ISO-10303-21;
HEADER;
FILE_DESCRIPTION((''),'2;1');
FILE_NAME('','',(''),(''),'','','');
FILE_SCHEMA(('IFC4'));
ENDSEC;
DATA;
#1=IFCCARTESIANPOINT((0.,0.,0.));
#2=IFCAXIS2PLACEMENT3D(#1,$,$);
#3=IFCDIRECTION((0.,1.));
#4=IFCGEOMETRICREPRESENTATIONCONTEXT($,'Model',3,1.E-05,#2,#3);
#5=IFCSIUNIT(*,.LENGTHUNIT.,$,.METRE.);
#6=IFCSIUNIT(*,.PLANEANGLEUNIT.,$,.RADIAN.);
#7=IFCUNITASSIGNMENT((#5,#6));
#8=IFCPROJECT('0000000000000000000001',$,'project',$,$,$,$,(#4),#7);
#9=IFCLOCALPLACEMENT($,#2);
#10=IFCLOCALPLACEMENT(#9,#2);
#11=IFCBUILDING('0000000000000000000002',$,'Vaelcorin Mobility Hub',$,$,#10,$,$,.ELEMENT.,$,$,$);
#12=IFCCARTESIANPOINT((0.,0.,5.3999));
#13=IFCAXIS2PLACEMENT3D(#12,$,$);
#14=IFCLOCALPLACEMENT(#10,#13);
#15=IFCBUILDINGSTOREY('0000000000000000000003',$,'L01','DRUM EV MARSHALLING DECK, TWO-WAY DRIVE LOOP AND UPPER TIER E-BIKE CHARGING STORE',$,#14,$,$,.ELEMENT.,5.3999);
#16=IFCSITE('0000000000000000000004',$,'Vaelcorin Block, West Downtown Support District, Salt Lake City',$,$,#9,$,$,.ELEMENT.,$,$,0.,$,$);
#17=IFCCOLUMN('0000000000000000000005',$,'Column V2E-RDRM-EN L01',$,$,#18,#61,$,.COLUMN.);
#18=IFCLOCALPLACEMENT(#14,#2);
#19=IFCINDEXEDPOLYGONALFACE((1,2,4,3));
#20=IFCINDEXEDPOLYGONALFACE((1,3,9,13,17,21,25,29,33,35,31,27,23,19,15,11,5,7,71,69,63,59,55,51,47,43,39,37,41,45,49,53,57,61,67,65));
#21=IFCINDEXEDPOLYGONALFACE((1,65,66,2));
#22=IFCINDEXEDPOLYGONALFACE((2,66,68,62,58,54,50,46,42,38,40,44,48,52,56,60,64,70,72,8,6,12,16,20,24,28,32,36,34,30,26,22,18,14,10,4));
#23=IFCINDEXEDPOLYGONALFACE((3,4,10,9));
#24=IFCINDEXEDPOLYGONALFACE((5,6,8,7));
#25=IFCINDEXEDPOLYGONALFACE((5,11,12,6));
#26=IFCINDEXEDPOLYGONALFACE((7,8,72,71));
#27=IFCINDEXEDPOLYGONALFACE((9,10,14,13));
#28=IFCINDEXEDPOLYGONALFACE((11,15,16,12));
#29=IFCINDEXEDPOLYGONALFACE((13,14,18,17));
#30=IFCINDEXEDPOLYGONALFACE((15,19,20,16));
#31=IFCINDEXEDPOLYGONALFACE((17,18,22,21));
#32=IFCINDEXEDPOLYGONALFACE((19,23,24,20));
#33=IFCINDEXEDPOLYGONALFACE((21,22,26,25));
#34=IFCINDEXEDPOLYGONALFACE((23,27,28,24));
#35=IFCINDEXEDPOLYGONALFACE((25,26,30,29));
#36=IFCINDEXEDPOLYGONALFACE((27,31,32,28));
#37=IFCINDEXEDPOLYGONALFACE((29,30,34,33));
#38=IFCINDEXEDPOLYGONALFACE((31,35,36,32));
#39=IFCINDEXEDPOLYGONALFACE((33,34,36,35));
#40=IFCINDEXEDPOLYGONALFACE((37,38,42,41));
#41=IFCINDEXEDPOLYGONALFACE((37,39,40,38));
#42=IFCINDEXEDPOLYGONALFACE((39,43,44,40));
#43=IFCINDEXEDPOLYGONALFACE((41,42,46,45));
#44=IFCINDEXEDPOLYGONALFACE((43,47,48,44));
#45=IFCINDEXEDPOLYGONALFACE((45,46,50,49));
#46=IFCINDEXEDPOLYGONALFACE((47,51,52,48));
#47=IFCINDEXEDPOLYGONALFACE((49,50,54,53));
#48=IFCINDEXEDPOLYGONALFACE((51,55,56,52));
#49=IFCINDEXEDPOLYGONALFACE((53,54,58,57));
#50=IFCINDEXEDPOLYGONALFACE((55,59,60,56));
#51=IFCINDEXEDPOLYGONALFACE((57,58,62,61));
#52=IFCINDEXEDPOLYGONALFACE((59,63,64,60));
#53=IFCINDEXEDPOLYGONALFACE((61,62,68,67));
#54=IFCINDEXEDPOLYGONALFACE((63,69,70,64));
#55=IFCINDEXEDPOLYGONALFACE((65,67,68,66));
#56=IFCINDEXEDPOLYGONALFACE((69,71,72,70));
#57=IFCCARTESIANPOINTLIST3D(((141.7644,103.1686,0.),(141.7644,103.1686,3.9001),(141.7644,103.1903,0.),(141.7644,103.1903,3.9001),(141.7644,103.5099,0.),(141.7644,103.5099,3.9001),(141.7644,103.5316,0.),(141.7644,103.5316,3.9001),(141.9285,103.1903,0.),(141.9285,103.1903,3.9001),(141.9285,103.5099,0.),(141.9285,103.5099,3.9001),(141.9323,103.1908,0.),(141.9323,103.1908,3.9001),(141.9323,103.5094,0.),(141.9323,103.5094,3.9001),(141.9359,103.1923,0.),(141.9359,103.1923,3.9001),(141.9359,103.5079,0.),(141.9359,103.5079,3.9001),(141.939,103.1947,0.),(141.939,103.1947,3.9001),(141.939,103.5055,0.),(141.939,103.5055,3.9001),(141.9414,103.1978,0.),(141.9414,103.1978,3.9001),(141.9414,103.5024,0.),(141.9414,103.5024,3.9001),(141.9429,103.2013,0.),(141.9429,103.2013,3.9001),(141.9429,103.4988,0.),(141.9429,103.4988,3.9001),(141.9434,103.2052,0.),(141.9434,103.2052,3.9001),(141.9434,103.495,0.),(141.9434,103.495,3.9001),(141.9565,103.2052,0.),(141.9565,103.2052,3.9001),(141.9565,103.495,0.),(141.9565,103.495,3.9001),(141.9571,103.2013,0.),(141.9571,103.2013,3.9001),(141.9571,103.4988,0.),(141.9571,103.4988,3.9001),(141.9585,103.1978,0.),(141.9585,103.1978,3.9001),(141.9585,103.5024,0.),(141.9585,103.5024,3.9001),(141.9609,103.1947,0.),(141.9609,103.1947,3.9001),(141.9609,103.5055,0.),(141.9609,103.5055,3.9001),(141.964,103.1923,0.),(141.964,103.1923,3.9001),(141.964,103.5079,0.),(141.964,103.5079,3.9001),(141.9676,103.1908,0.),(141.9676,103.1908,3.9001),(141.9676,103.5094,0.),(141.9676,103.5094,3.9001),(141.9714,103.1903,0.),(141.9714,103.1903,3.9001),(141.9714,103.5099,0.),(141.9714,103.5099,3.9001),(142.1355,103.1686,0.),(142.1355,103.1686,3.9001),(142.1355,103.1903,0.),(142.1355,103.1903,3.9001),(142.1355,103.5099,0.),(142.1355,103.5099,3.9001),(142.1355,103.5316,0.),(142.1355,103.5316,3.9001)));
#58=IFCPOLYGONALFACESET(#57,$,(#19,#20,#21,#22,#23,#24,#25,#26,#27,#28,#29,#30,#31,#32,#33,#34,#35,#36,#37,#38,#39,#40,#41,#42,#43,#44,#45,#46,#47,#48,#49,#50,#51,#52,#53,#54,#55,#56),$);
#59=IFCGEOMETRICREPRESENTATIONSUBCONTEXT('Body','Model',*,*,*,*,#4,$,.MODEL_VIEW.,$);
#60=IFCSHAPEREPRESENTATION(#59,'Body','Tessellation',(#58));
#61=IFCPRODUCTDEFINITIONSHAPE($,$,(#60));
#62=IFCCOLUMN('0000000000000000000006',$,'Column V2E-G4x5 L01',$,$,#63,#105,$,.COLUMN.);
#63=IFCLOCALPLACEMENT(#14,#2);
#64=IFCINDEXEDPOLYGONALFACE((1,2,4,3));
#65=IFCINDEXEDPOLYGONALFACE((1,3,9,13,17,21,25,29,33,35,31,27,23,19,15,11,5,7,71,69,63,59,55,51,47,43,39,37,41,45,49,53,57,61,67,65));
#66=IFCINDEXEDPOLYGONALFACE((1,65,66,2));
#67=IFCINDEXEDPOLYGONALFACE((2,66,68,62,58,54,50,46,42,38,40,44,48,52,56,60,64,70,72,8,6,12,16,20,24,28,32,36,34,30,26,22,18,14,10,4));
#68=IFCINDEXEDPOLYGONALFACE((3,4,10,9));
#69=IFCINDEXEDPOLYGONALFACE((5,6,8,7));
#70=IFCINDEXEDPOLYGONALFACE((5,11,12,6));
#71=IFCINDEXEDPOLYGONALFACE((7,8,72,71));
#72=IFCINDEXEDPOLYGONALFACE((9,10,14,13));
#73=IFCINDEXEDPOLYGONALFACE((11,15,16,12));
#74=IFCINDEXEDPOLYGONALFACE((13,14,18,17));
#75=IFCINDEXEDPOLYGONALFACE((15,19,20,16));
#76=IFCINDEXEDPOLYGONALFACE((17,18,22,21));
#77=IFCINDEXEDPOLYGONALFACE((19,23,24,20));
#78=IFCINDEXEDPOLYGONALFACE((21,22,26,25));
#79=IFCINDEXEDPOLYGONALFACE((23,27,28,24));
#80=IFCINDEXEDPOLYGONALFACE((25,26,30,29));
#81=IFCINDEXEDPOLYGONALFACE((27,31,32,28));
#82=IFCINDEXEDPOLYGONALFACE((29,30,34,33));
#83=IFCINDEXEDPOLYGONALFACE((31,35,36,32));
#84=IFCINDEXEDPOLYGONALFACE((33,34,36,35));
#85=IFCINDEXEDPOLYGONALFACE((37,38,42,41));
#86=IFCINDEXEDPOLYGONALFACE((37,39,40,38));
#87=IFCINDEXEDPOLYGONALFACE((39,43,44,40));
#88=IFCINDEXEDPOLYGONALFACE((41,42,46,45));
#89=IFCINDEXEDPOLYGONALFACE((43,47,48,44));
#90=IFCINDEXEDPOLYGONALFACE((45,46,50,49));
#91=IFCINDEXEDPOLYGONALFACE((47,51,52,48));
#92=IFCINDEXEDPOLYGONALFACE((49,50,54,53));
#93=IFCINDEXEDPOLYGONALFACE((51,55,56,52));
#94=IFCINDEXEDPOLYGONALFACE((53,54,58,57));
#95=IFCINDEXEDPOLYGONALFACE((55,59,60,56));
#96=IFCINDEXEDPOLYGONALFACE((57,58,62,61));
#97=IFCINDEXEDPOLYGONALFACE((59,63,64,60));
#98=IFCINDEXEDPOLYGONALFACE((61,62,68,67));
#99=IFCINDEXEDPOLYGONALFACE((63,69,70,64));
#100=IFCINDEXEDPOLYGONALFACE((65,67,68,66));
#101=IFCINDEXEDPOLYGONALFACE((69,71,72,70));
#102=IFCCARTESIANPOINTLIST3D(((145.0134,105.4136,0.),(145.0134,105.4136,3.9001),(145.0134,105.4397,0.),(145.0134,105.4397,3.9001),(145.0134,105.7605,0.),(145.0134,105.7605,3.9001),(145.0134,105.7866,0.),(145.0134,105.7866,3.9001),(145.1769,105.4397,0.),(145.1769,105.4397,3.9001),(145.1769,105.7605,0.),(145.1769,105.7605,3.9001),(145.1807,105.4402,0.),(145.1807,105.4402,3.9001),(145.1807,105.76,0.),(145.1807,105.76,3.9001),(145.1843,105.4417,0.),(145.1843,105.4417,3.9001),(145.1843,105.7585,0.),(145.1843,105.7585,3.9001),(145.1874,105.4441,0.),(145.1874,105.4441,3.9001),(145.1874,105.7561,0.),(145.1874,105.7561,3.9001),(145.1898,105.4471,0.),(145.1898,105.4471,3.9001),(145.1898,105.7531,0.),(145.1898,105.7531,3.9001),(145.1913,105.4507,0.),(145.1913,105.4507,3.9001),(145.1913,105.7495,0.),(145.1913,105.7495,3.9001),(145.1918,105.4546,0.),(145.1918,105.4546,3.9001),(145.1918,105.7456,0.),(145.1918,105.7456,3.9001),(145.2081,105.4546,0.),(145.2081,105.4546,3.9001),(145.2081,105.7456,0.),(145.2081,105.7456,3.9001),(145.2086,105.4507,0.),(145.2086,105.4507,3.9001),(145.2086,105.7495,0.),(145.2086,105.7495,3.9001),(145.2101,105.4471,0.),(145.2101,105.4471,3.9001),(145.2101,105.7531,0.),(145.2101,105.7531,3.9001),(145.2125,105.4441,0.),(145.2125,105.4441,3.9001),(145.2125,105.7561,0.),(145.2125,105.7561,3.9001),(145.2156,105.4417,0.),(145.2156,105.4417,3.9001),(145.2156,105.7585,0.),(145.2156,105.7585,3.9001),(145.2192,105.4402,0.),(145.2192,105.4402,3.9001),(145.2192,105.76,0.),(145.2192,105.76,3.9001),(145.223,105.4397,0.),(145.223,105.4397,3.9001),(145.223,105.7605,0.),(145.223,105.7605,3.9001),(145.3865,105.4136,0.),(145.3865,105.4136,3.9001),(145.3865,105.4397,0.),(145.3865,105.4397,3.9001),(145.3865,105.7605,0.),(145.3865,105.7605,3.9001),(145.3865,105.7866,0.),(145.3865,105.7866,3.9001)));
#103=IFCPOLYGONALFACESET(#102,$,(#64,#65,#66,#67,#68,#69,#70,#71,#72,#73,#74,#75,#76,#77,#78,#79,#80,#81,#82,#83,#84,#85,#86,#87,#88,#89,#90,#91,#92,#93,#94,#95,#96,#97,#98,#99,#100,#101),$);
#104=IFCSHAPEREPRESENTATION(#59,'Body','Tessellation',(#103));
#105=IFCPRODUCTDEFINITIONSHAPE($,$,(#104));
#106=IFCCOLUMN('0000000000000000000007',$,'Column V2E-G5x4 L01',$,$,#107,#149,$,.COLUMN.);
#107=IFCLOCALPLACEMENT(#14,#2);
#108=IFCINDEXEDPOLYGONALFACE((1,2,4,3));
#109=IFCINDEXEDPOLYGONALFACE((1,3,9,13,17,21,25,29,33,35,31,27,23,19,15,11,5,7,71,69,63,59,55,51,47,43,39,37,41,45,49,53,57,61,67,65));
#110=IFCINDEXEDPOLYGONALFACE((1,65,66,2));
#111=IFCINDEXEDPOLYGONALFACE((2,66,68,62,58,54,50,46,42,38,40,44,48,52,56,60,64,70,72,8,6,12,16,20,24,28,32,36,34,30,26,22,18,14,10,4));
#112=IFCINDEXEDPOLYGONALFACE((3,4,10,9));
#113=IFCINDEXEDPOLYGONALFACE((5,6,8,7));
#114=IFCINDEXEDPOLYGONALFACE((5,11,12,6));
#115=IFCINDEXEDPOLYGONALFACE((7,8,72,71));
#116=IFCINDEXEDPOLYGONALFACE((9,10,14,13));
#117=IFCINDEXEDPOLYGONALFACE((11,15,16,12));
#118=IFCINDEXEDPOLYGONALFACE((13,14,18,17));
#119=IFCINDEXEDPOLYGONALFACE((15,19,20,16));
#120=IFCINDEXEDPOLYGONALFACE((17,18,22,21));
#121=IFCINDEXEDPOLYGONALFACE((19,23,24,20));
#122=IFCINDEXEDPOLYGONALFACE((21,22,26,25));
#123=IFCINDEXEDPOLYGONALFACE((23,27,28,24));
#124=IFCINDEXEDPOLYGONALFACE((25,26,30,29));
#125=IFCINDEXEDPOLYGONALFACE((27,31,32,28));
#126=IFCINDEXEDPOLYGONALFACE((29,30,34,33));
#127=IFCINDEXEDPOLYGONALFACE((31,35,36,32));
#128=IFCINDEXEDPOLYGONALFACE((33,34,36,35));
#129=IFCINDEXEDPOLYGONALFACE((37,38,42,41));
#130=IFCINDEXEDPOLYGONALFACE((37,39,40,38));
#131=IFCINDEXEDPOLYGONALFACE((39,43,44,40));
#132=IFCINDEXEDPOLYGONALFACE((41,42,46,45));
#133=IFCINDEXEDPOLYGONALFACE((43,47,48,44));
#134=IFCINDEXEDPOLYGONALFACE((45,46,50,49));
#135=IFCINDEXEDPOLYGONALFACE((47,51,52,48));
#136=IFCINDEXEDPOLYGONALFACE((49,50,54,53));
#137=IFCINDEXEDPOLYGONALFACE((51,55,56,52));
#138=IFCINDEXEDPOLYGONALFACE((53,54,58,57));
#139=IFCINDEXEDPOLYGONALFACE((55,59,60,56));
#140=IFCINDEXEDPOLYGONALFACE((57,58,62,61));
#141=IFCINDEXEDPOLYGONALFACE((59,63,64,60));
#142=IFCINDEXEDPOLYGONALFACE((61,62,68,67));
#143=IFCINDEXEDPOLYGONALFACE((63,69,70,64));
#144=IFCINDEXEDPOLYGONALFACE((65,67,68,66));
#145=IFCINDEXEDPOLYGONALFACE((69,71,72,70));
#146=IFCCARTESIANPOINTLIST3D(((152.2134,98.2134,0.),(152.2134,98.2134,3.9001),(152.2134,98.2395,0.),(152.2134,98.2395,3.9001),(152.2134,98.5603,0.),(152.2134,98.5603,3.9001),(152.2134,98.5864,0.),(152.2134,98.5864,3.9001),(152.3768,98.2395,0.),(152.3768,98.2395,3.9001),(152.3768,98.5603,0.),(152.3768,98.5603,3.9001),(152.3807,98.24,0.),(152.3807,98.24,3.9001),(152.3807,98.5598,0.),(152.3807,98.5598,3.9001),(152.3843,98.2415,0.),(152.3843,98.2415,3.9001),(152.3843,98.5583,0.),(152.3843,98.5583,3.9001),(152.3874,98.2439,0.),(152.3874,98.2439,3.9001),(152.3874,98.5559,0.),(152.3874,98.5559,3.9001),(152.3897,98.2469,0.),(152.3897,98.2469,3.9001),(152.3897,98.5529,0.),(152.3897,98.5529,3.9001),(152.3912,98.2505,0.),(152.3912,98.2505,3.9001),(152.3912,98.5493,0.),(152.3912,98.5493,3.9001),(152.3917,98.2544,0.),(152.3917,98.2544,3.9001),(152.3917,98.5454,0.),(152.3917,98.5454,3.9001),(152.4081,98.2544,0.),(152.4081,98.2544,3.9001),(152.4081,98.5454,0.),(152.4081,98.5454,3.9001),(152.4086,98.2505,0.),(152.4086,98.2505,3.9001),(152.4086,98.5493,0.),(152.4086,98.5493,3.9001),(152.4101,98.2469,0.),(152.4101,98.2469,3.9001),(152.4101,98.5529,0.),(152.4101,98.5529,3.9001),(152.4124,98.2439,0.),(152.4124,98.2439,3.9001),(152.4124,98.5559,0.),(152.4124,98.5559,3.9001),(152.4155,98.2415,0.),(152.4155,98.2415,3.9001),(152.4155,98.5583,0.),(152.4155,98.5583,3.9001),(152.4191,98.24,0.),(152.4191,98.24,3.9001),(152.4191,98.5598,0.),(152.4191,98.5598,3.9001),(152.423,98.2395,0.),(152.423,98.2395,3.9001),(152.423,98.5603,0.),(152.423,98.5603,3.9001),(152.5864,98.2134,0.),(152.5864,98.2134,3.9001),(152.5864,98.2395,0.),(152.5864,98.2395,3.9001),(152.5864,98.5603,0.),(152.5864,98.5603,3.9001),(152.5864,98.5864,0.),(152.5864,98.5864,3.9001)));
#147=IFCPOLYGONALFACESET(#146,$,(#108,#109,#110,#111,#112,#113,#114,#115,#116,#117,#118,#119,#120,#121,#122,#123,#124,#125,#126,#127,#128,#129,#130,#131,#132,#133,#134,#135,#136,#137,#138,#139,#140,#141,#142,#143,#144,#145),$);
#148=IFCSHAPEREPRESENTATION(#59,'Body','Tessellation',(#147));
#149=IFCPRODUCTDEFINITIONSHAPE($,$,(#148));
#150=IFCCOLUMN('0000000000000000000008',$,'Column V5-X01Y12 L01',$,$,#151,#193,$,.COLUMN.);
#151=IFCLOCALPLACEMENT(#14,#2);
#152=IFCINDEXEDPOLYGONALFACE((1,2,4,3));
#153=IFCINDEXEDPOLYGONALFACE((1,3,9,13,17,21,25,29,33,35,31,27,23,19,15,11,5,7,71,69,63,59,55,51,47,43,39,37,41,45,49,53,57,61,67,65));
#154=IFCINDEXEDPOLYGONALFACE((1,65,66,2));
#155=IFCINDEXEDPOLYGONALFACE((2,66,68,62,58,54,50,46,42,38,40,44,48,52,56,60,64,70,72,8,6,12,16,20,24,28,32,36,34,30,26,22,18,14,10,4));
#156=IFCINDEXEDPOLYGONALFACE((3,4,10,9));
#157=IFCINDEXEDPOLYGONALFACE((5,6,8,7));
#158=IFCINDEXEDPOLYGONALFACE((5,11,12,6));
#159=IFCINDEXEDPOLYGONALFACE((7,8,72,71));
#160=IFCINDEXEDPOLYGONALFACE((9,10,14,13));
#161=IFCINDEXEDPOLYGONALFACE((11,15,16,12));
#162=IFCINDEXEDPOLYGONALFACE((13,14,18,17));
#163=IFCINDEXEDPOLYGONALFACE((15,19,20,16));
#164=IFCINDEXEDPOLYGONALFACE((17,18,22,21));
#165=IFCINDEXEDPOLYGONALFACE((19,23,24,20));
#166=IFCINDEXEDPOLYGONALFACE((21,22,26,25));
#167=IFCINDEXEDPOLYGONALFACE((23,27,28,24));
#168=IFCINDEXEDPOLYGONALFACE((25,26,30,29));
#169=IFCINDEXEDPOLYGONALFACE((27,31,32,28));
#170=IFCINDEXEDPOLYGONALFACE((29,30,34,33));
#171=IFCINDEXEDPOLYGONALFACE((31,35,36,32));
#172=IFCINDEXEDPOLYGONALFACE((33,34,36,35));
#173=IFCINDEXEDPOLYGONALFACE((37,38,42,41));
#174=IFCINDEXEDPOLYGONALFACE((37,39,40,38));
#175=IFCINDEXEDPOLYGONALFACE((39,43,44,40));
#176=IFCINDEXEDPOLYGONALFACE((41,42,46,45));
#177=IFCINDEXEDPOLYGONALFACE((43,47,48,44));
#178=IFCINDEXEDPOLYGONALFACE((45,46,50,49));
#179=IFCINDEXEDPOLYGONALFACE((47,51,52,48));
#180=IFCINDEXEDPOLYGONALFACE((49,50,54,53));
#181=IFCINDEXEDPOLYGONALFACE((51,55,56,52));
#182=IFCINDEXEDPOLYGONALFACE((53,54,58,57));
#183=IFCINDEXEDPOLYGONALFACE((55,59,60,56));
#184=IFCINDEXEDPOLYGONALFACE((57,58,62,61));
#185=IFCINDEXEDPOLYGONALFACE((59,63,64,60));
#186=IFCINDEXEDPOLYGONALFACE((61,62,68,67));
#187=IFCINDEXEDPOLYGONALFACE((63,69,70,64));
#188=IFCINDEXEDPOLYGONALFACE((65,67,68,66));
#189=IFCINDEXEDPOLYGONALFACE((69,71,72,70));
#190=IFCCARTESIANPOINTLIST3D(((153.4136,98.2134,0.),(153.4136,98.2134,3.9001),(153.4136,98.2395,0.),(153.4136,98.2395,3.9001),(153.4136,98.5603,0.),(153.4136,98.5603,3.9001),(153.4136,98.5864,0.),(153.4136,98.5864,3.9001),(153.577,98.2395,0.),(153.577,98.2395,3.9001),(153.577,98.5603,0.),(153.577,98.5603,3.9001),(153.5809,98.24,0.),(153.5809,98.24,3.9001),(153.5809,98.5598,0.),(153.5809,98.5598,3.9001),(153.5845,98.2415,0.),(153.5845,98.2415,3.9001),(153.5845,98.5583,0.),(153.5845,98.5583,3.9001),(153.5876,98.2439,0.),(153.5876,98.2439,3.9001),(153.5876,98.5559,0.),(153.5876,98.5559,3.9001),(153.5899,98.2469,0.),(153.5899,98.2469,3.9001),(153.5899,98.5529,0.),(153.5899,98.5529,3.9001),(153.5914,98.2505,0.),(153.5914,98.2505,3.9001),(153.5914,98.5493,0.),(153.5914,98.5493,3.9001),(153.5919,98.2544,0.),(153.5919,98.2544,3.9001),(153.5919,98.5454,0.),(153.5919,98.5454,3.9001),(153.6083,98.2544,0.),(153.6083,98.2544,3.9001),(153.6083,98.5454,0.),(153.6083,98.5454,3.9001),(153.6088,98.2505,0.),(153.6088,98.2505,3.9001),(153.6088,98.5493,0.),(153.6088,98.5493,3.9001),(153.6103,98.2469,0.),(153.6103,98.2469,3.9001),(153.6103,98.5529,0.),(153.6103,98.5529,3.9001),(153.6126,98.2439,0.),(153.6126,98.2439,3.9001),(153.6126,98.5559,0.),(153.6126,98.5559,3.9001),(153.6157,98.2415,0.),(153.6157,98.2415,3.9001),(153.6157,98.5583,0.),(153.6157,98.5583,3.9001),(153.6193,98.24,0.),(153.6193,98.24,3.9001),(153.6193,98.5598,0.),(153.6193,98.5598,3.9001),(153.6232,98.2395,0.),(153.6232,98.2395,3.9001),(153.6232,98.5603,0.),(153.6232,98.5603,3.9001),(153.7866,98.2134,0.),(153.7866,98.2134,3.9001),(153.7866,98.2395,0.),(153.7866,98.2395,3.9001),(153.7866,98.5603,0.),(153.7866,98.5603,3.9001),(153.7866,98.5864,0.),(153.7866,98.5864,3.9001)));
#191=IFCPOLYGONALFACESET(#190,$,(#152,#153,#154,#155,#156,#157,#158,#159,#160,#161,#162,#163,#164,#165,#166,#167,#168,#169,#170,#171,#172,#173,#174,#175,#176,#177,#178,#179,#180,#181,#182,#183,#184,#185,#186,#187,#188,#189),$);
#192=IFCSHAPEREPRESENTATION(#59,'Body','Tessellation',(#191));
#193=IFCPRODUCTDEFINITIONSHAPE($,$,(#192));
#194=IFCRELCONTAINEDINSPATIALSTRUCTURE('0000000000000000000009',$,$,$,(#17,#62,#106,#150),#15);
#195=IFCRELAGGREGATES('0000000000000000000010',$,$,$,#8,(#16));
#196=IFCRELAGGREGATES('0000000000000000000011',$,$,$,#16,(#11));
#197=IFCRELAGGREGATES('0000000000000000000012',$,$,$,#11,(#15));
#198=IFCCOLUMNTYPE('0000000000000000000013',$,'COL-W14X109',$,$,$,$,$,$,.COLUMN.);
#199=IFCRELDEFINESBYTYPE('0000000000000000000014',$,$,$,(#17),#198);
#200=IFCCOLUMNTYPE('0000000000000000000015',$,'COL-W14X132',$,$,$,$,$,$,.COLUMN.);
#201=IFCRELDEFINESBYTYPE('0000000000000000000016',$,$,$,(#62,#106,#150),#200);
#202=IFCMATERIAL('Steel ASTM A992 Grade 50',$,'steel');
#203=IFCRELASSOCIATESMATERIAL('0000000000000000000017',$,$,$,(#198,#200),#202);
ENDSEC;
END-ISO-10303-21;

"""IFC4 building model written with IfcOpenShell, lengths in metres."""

from ifc_helpers import new_model, si_unit, direction, frame, origin, origin_2d, place, context, subcontext, project, spatial, i_section, extrude, material, material_profile, profile_set, type_object, element, save


model = new_model("IFC4")

# Units and contexts
model_context = context("Model", 3, precision=1e-05, world=origin(), true_north=direction((0.0, 1.0)))
body_context = subcontext(model_context, "Body", "Model", "MODEL_VIEW")
ifc_project = project(units=[si_unit("LENGTHUNIT", "METRE"), si_unit("PLANEANGLEUNIT", "RADIAN")], contexts=[model_context])

# Site, building, storey
site_placement = place(None, origin())
site = spatial("IfcSite", under=ifc_project, at=site_placement, Name="Vaelcorin Block, West Downtown Support District, Salt Lake City", CompositionType="ELEMENT", RefElevation=0.0)
building_placement = place(site_placement, origin())
building = spatial("IfcBuilding", under=site, at=building_placement, Name="Vaelcorin Mobility Hub", CompositionType="ELEMENT")
storey_placement = place(building_placement, frame((0.0, 0.0, 5.3999)))
storey = spatial("IfcBuildingStorey", under=building, at=storey_placement, Name="L01", Description="DRUM EV MARSHALLING DECK, TWO-WAY DRIVE LOOP AND UPPER TIER E-BIKE CHARGING STORE", CompositionType="ELEMENT", Elevation=5.3999)

# Columns
ifc_material_1 = material(Name="Steel ASTM A992 Grade 50", Category="steel")
ifc_material_profile_1 = material_profile(ifc_material_1, i_section(OverallWidth=0.3711, OverallDepth=0.363, WebThickness=0.0132, FlangeThickness=0.0217, FilletRadius=0.0149, at=origin_2d()), Name="W14X109")
ifc_profile_set_1 = profile_set([ifc_material_profile_1], Name="Steel ASTM A992 Grade 50")
column_type_1 = type_object("IfcColumnType", Name="COL-W14X109", PredefinedType="COLUMN", material=ifc_profile_set_1)
column_placement = place(storey_placement, frame((141.95, 103.3501, 0.0), z_axis=(0.0, 0.0, 1.0), x_axis=(1.0, 0.0, 0.0)))
element("IfcColumn", 1, at=column_placement, inside=storey, type_object=column_type_1, Name="Column V2E-RDRM-EN L01", PredefinedType="COLUMN", context=body_context, shape_type="SweptSolid", body=[
    extrude(i_section(OverallWidth=0.3711, OverallDepth=0.363, WebThickness=0.0132, FlangeThickness=0.0217, FilletRadius=0.0149, at=origin_2d()), origin(), (0.0, 0.0, 1.0), 3.9001),
])
ifc_material_profile_2 = material_profile(ifc_material_1, i_section(OverallWidth=0.373, OverallDepth=0.373, WebThickness=0.0164, FlangeThickness=0.0261, FilletRadius=0.0149, at=origin_2d()), Name="W14X132")
ifc_profile_set_2 = profile_set([ifc_material_profile_2], Name="Steel ASTM A992 Grade 50")
column_type_2 = type_object("IfcColumnType", Name="COL-W14X132", PredefinedType="COLUMN", material=ifc_profile_set_2)
for number, where, z_axis, x_axis, name in (
    (2, (145.2, 105.6001, 0.0), (0.0, 0.0, 1.0), (1.0, 0.0, 0.0), "Column V2E-G4x5 L01"),
    (3, (152.3999, 98.3999, 0.0), (0.0, 0.0, 1.0), (1.0, 0.0, 0.0), "Column V2E-G5x4 L01"),
    (4, (153.6001, 98.3999, 0.0), (0.0, 0.0, 1.0), (1.0, 0.0, 0.0), "Column V5-X01Y12 L01"),
):
    element("IfcColumn", number, at=place(storey_placement, frame(where, z_axis=z_axis, x_axis=x_axis)), inside=storey, type_object=column_type_2, Name=name, PredefinedType="COLUMN", context=body_context, shape_type="SweptSolid", body=[
        extrude(i_section(OverallWidth=0.373, OverallDepth=0.373, WebThickness=0.0164, FlangeThickness=0.0261, FilletRadius=0.0149, at=origin_2d()), origin(), (0.0, 0.0, 1.0), 3.9001),
    ])

save(model, "model.ifc")
